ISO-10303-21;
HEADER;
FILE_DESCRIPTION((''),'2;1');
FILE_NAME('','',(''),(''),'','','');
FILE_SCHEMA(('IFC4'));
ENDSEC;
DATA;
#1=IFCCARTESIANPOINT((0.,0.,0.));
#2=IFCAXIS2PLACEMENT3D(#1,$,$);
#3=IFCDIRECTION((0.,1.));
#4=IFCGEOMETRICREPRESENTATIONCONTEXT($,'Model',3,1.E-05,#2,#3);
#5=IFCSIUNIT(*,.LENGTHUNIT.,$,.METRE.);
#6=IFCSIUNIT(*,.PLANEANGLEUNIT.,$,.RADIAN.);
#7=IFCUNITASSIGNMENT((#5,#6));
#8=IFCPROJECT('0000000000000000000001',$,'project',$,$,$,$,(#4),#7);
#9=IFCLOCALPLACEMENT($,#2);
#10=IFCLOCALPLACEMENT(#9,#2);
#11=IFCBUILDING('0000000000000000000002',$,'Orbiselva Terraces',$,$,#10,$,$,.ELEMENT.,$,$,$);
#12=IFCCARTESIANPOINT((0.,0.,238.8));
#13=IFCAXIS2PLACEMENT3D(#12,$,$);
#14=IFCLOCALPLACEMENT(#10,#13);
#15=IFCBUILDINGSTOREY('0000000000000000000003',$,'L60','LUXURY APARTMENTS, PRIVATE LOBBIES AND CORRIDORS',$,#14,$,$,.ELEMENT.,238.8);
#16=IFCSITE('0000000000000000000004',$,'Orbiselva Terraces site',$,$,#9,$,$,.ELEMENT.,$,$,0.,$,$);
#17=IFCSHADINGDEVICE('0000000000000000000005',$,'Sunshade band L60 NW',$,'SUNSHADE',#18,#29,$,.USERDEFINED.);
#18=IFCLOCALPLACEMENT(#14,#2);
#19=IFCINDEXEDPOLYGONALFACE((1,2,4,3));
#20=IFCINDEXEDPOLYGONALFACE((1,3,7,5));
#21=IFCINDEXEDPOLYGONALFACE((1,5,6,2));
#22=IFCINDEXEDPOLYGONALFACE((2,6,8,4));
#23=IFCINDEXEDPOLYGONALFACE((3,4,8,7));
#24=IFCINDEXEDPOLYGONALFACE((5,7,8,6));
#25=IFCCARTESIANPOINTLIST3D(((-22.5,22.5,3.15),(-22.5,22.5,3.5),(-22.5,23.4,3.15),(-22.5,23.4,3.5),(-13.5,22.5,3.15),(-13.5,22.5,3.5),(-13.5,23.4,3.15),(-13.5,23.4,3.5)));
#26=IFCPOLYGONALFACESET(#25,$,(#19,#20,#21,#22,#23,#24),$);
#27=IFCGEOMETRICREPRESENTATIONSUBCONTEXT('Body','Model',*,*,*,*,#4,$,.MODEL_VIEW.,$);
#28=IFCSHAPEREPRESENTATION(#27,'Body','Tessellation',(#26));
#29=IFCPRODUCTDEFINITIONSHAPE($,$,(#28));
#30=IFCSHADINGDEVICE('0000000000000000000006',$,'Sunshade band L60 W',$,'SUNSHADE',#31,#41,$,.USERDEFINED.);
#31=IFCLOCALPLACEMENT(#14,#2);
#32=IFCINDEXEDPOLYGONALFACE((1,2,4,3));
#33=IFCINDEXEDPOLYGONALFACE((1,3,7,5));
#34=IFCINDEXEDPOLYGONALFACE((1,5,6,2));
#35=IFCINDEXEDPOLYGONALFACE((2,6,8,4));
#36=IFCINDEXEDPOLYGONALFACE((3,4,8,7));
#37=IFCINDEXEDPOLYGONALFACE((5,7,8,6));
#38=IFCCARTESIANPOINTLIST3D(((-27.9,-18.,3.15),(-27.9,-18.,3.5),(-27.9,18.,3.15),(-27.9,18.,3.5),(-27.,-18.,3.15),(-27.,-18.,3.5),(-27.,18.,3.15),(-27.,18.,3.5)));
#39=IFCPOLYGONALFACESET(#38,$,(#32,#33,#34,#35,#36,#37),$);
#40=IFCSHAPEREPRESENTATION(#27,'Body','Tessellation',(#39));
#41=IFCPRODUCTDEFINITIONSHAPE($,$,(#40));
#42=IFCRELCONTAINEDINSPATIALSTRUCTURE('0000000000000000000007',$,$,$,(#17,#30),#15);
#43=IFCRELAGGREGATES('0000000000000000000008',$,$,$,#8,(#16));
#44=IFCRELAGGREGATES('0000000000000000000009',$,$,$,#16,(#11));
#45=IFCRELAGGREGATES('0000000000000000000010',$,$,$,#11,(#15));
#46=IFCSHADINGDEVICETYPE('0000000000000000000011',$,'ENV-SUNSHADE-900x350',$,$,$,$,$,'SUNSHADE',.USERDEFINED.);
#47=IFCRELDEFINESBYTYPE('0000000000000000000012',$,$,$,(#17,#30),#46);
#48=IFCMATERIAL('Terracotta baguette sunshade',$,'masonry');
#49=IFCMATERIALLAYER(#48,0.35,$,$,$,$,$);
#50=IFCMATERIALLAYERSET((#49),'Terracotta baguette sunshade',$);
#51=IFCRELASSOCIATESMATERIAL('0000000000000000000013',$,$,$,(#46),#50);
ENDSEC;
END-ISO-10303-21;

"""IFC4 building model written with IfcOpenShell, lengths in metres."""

from ifc_helpers import new_model, si_unit, direction, frame, origin, place, context, subcontext, project, spatial, polyline, outline, extrude, material, layer, layer_set, type_object, element, save


model = new_model("IFC4")

# Units and contexts
model_context = context("Model", 3, precision=1e-05, world=origin(), true_north=direction((0.0, 1.0)))
body_context = subcontext(model_context, "Body", "Model", "MODEL_VIEW")
ifc_project = project(units=[si_unit("LENGTHUNIT", "METRE"), si_unit("PLANEANGLEUNIT", "RADIAN")], contexts=[model_context])

# Site, building, storey
site_placement = place(None, origin())
site = spatial("IfcSite", under=ifc_project, at=site_placement, Name="Orbiselva Terraces site", CompositionType="ELEMENT", RefElevation=0.0)
building_placement = place(site_placement, origin())
building = spatial("IfcBuilding", under=site, at=building_placement, Name="Orbiselva Terraces", CompositionType="ELEMENT")
storey_placement = place(building_placement, frame((0.0, 0.0, 238.8)))
storey = spatial("IfcBuildingStorey", under=building, at=storey_placement, Name="L60", Description="LUXURY APARTMENTS, PRIVATE LOBBIES AND CORRIDORS", CompositionType="ELEMENT", Elevation=238.8)

# Shading devices
ifc_material_1 = material(Name="Terracotta baguette sunshade", Category="masonry")
ifc_layer_1 = layer(ifc_material_1, 0.35)
ifc_layer_set_1 = layer_set([ifc_layer_1], Name="Terracotta baguette sunshade")
shading_device_type_1 = type_object("IfcShadingDeviceType", Name="ENV-SUNSHADE-900x350", ElementType="SUNSHADE", PredefinedType="USERDEFINED", material=ifc_layer_set_1)
shading_device_1_placement = place(storey_placement, frame((0.0, 0.0, 3.15)))
element("IfcShadingDevice", 1, at=shading_device_1_placement, inside=storey, type_object=shading_device_type_1, Name="Sunshade band L60 NW", ObjectType="SUNSHADE", PredefinedType="USERDEFINED", context=body_context, shape_type="SweptSolid", body=[
    extrude(outline(polyline([(-13.5, 23.4), (-22.5, 23.4), (-22.5, 22.5), (-13.5, 22.5), (-13.5, 23.4)])), origin(), (0.0, 0.0, 1.0), 0.35),
])
shading_device_2_placement = place(storey_placement, frame((0.0, 0.0, 3.15)))
element("IfcShadingDevice", 2, at=shading_device_2_placement, inside=storey, type_object=shading_device_type_1, Name="Sunshade band L60 W", ObjectType="SUNSHADE", PredefinedType="USERDEFINED", context=body_context, shape_type="SweptSolid", body=[
    extrude(outline(polyline([(-27.9, 18.0), (-27.9, -18.0), (-27.0, -18.0), (-27.0, 18.0), (-27.9, 18.0)])), origin(), (0.0, 0.0, 1.0), 0.35),
])

save(model, "model.ifc")
